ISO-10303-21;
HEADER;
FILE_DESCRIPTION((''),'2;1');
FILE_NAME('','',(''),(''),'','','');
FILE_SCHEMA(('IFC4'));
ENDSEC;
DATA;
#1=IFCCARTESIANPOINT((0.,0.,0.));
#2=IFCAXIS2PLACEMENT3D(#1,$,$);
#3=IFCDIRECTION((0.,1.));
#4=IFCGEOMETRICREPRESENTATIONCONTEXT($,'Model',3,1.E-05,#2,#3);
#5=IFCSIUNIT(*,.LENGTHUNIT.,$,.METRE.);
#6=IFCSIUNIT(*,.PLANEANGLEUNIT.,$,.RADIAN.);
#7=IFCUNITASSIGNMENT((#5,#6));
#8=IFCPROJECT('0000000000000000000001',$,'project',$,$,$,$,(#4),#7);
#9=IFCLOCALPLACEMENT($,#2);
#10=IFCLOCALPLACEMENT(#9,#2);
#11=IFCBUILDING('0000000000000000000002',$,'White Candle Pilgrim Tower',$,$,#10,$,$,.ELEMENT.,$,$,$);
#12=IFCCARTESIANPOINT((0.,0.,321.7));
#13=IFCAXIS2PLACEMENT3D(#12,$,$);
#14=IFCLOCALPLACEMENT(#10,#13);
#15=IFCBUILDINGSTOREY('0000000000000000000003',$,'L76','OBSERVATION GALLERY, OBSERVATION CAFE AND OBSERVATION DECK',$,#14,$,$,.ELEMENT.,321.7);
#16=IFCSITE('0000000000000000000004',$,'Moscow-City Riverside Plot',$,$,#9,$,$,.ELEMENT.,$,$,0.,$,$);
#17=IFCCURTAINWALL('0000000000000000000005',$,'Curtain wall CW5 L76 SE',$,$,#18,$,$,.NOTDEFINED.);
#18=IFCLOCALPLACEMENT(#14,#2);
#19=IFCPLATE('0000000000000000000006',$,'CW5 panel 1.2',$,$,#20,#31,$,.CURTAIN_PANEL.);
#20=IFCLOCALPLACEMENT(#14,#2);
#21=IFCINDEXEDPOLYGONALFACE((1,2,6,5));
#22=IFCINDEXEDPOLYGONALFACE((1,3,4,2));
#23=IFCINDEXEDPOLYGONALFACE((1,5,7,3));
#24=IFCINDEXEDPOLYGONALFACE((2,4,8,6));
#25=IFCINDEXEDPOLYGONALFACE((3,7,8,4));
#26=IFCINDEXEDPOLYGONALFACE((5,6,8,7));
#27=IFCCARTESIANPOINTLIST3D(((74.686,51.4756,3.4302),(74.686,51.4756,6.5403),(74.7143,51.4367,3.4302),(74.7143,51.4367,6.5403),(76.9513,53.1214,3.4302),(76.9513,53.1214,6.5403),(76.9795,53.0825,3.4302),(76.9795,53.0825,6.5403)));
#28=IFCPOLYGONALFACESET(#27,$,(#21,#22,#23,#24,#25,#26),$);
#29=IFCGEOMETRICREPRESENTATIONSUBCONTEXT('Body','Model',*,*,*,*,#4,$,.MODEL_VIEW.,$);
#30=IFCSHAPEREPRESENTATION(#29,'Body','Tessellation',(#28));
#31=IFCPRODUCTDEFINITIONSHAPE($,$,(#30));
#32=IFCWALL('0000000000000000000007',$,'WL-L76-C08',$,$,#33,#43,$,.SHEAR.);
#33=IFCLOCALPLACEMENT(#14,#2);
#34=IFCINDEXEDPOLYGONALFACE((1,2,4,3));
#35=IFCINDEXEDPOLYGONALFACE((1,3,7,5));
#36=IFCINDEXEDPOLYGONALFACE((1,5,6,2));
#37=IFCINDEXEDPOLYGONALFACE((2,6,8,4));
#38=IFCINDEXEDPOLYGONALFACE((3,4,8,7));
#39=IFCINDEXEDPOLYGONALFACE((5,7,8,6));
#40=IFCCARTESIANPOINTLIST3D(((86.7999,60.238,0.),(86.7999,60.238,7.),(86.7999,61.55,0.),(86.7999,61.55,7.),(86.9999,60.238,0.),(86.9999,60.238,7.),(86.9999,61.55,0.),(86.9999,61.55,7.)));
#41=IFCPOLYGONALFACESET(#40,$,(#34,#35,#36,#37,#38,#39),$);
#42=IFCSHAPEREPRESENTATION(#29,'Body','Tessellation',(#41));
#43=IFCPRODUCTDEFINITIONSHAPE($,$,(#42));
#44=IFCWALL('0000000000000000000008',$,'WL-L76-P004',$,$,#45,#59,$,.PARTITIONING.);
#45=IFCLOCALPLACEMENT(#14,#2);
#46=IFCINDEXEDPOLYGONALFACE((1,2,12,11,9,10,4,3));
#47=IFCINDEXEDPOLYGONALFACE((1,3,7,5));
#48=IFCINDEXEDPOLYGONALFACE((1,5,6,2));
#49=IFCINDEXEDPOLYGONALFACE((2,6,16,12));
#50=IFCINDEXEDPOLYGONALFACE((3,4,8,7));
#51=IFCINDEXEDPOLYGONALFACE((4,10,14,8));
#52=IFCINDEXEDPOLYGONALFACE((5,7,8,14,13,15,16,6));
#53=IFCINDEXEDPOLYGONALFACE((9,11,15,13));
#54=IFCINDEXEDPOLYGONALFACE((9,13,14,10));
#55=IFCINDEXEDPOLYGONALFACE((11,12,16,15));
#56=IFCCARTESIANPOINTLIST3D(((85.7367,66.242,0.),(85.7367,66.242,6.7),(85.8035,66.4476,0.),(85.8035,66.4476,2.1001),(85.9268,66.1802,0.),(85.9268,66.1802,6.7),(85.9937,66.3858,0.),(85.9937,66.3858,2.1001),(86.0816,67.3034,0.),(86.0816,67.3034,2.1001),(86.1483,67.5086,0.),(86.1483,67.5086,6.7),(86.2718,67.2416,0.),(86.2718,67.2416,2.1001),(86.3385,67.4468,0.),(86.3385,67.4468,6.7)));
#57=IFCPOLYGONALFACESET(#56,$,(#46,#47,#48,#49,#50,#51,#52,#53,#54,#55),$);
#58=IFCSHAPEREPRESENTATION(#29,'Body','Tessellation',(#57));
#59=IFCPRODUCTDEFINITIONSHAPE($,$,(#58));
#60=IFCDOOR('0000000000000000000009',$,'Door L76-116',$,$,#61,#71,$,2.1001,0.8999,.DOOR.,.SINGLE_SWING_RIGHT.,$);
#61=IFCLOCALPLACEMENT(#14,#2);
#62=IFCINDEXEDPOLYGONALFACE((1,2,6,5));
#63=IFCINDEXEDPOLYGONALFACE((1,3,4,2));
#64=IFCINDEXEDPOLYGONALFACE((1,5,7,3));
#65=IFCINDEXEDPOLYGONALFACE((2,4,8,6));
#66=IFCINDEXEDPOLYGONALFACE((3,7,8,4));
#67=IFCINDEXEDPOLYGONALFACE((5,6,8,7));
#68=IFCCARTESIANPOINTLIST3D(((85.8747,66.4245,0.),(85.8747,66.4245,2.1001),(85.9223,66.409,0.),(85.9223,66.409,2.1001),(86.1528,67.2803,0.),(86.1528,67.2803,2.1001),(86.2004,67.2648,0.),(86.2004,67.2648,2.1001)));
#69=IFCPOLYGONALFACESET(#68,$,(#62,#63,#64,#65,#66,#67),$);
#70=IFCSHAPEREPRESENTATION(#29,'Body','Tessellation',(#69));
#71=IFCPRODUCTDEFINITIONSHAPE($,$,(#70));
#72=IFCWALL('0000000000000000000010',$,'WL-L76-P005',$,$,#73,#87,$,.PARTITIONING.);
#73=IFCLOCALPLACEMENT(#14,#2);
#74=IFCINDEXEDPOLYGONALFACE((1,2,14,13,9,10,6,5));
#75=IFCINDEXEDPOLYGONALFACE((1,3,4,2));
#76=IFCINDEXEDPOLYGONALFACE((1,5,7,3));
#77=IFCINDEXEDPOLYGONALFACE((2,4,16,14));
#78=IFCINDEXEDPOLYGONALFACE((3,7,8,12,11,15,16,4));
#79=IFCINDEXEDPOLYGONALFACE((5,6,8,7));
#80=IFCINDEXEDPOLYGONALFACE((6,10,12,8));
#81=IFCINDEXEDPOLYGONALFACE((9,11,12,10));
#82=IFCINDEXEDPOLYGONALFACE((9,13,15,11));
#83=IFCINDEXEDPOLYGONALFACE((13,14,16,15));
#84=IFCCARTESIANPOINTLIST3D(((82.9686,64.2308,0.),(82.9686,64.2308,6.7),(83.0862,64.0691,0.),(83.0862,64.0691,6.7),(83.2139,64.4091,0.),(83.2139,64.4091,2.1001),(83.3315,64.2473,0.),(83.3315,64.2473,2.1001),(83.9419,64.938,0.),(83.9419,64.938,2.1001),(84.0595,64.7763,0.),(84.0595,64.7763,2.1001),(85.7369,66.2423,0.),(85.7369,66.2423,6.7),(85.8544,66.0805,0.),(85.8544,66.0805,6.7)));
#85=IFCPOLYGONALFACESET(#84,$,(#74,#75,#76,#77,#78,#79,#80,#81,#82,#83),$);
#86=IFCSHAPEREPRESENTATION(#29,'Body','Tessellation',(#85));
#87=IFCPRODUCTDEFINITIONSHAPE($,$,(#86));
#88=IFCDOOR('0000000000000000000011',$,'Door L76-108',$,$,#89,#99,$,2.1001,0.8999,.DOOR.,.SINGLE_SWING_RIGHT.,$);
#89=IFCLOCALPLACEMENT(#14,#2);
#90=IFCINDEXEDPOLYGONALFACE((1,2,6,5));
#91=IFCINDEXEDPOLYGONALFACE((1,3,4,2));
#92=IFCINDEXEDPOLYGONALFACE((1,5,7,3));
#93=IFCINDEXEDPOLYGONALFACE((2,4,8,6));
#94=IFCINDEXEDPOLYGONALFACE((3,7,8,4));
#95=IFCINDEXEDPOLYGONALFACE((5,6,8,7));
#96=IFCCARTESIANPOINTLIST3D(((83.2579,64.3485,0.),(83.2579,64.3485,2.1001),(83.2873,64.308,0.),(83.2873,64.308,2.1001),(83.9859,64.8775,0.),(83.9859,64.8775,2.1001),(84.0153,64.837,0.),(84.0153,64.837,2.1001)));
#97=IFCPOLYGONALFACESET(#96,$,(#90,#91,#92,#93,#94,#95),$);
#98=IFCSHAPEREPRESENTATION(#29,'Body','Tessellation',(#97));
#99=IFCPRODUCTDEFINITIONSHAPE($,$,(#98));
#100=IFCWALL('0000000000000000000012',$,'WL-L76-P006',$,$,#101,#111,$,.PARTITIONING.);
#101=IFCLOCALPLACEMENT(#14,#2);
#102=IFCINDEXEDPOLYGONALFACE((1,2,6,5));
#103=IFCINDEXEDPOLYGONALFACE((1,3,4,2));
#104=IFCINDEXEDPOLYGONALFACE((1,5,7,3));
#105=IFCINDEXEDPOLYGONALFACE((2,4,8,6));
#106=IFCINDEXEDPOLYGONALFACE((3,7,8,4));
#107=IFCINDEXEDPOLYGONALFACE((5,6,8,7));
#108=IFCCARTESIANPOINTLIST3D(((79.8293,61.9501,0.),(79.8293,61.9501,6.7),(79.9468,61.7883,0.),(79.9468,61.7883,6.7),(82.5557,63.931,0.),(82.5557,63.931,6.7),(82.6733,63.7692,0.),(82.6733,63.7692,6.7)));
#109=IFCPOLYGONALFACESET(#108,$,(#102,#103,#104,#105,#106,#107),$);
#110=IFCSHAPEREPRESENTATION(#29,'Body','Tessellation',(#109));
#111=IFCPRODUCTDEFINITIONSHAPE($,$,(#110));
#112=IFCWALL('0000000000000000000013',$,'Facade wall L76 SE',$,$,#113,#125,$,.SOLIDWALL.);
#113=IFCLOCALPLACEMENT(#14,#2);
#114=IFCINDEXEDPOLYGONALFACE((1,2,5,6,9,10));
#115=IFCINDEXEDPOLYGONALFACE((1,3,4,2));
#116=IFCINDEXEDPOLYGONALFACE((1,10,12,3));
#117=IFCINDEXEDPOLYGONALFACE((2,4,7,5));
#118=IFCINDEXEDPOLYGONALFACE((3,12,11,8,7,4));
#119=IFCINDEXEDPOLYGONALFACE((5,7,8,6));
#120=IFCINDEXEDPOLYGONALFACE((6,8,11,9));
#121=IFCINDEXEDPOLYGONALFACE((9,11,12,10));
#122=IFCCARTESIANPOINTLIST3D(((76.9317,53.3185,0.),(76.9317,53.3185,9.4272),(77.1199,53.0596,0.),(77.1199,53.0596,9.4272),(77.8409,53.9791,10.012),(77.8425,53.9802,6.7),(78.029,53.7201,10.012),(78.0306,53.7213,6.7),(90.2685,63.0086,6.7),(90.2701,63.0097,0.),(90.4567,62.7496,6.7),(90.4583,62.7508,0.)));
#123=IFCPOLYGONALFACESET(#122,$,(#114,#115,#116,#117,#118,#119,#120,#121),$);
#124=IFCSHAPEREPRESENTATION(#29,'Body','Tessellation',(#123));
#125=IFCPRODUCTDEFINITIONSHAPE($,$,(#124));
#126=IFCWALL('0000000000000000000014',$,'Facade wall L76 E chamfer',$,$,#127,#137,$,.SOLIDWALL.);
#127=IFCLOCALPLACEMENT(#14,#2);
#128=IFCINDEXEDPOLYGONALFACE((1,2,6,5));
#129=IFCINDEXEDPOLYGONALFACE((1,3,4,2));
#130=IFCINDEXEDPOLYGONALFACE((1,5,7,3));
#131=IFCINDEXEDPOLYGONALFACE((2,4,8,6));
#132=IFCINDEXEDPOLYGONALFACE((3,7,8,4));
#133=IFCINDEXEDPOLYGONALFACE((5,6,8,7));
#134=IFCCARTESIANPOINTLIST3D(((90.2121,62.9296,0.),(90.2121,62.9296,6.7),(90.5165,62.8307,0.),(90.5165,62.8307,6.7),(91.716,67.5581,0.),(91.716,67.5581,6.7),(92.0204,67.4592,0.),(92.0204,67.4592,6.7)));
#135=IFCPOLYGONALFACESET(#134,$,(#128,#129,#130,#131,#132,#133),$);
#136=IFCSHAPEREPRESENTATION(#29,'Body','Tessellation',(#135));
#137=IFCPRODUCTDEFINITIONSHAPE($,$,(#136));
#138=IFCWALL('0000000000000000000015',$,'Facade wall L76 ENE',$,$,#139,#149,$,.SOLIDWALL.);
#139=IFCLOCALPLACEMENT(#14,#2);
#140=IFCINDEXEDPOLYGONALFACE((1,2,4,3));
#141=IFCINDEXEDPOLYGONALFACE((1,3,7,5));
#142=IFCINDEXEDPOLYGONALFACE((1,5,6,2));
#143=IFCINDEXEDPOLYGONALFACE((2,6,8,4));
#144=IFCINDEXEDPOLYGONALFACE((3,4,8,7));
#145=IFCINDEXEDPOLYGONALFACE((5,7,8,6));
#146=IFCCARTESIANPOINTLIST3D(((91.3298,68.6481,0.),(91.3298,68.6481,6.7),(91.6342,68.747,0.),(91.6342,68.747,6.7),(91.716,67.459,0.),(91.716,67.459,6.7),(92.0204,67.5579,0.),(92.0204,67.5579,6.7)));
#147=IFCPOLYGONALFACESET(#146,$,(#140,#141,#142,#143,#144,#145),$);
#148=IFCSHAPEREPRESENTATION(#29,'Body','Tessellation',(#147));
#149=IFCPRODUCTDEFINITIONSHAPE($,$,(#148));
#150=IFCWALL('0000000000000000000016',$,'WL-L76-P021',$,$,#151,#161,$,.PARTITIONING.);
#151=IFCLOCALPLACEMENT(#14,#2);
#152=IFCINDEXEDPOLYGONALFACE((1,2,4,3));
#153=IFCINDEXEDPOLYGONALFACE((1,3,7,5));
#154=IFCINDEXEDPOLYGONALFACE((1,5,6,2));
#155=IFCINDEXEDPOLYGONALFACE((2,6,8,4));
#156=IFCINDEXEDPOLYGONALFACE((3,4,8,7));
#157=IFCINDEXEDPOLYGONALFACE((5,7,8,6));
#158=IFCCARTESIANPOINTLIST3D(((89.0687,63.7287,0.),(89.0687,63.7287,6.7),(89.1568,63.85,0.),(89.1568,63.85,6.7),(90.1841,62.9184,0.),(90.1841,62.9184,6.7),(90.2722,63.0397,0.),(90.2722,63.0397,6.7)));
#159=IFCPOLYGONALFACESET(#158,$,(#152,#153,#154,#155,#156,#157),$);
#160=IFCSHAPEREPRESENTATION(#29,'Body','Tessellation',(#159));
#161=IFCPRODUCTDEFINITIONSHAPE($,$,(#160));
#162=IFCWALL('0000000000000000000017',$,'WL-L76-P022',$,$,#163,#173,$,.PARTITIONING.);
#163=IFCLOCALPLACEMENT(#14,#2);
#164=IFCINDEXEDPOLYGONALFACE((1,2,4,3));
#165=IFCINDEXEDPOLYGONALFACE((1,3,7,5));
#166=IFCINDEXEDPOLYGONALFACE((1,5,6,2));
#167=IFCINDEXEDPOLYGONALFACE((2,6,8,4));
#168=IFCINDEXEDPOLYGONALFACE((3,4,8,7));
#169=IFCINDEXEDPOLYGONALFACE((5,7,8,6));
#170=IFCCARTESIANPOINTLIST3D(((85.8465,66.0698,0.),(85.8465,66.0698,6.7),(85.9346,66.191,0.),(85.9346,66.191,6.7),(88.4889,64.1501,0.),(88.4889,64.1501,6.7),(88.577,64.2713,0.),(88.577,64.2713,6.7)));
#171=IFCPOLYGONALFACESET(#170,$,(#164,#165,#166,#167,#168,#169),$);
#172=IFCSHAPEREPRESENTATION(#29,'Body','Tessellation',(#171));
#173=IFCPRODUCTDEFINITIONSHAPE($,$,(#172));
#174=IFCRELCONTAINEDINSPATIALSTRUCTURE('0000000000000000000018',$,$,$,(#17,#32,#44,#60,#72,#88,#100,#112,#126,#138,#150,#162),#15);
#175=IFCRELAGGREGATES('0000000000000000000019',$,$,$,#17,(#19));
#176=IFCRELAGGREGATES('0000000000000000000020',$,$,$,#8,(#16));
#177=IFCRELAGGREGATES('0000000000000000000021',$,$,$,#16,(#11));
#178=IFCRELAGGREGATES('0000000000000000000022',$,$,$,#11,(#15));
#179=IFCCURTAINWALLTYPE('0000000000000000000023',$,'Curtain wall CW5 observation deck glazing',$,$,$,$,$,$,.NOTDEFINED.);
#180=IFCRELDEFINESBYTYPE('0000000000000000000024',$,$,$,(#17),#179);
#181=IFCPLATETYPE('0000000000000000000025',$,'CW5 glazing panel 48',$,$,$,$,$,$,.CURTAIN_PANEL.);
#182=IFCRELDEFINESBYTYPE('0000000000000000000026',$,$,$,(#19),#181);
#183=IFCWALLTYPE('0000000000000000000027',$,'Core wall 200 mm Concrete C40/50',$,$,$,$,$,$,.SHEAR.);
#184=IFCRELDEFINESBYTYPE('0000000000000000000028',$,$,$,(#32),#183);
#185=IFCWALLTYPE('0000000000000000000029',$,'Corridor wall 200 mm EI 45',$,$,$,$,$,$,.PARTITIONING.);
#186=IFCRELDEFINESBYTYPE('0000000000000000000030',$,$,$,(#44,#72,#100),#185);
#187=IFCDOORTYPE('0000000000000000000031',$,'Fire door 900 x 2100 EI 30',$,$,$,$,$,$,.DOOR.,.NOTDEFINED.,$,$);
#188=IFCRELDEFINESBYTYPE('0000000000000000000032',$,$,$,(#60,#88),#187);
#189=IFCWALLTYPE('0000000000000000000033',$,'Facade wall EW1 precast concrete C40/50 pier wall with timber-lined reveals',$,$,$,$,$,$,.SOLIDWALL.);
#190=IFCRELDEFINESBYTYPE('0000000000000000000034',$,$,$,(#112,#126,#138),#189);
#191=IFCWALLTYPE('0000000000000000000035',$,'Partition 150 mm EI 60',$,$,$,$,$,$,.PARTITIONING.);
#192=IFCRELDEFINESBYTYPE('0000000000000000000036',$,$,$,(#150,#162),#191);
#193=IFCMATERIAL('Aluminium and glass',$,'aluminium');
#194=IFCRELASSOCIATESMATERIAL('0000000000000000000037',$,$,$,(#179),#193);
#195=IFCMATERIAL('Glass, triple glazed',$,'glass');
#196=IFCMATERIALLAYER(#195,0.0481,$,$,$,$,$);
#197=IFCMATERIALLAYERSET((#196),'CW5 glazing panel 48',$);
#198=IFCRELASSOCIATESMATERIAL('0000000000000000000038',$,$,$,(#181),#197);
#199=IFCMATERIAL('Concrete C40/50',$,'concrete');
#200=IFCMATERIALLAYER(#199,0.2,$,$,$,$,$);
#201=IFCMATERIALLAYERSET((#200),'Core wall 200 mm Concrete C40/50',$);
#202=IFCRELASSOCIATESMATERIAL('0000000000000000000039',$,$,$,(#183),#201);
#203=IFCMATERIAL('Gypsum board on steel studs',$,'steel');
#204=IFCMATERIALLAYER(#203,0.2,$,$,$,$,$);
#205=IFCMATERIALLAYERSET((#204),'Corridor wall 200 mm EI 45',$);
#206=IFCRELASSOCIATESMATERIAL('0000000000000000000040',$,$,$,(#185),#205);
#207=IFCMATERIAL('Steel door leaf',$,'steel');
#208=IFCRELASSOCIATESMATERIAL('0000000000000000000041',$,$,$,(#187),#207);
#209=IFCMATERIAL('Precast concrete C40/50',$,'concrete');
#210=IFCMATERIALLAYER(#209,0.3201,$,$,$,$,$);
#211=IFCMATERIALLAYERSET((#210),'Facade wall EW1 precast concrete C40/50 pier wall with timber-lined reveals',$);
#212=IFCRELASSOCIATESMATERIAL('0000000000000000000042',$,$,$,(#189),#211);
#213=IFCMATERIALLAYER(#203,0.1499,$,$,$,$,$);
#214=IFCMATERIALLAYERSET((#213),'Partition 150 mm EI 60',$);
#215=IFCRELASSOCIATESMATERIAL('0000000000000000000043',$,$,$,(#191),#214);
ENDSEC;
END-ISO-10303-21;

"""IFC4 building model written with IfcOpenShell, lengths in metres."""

from ifc_helpers import new_model, si_unit, direction, frame, frame_2d, origin, origin_2d, place, context, subcontext, project, spatial, polyline, rectangle, outline, extrude, material, layer, layer_set, type_object, element, fill, aggregate, save


model = new_model("IFC4")

# Units and contexts
model_context = context("Model", 3, precision=1e-05, world=origin(), true_north=direction((0.0, 1.0)))
body_context = subcontext(model_context, "Body", "Model", "MODEL_VIEW")
ifc_project = project(units=[si_unit("LENGTHUNIT", "METRE"), si_unit("PLANEANGLEUNIT", "RADIAN")], contexts=[model_context])

# Site, building, storey
site_placement = place(None, origin())
site = spatial("IfcSite", under=ifc_project, at=site_placement, Name="Moscow-City Riverside Plot", CompositionType="ELEMENT", RefElevation=0.0)
building_placement = place(site_placement, origin())
building = spatial("IfcBuilding", under=site, at=building_placement, Name="White Candle Pilgrim Tower", CompositionType="ELEMENT")
storey_placement = place(building_placement, frame((0.0, 0.0, 321.7)))
storey = spatial("IfcBuildingStorey", under=building, at=storey_placement, Name="L76", Description="OBSERVATION GALLERY, OBSERVATION CAFE AND OBSERVATION DECK", CompositionType="ELEMENT", Elevation=321.7)

# Curtain wall
ifc_material_1 = material(Name="Aluminium and glass", Category="aluminium")
curtain_wall_type = type_object("IfcCurtainWallType", Name="Curtain wall CW5 observation deck glazing", PredefinedType="NOTDEFINED", material=ifc_material_1)
curtain_wall_placement = place(storey_placement, origin())
curtain_wall = element("IfcCurtainWall", 1, at=curtain_wall_placement, inside=storey, type_object=curtain_wall_type, Name="Curtain wall CW5 L76 SE", PredefinedType="NOTDEFINED")

# Plate
ifc_material_2 = material(Name="Glass, triple glazed", Category="glass")
ifc_layer_1 = layer(ifc_material_2, 0.0481)
ifc_layer_set_1 = layer_set([ifc_layer_1], Name="CW5 glazing panel 48")
plate_type = type_object("IfcPlateType", Name="CW5 glazing panel 48", PredefinedType="CURTAIN_PANEL", material=ifc_layer_set_1)
plate_1_placement = place(storey_placement, frame((75.8328, 52.2791, 3.4302), z_axis=(0.0, 0.0, 1.0), x_axis=(0.809017, 0.587785, 0.0)))
plate_1 = element("IfcPlate", 2, at=plate_1_placement, type_object=plate_type, Name="CW5 panel 1.2", PredefinedType="CURTAIN_PANEL", context=body_context, shape_type="SweptSolid", body=[
    extrude(rectangle(XDim=2.8, YDim=0.0481, at=origin_2d()), origin(), (0.0, 0.0, 1.0), 3.1101),
])
aggregate(curtain_wall, [plate_1])

# Wall
ifc_material_3 = material(Name="Concrete C40/50", Category="concrete")
ifc_layer_2 = layer(ifc_material_3, 0.2)
ifc_layer_set_2 = layer_set([ifc_layer_2], Name="Core wall 200 mm Concrete C40/50")
wall_type_1 = type_object("IfcWallType", Name="Core wall 200 mm Concrete C40/50", PredefinedType="SHEAR", material=ifc_layer_set_2)
wall_1_placement = place(storey_placement, frame((86.8999, 60.238, 0.0), z_axis=(0.0, 0.0, 1.0), x_axis=(0.0, 1.0, 0.0)))
element("IfcWall", 3, at=wall_1_placement, inside=storey, type_object=wall_type_1, Name="WL-L76-C08", PredefinedType="SHEAR", context=body_context, shape_type="SweptSolid", body=[
    extrude(rectangle(XDim=1.312, YDim=0.2, at=frame_2d((0.656, 0.0))), origin(), (0.0, 0.0, 1.0), 7.0),
])

# Walls, openings, doors
ifc_material_4 = material(Name="Gypsum board on steel studs", Category="steel")
ifc_layer_3 = layer(ifc_material_4, 0.2)
ifc_layer_set_3 = layer_set([ifc_layer_3], Name="Corridor wall 200 mm EI 45")
wall_type_2 = type_object("IfcWallType", Name="Corridor wall 200 mm EI 45", PredefinedType="PARTITIONING", material=ifc_layer_set_3)
wall_2_placement = place(storey_placement, frame((86.2434, 67.4778, 0.0), z_axis=(0.0, 0.0, 1.0), x_axis=(-0.309069, -0.951039, 0.0)))
wall_2 = element("IfcWall", 4, at=wall_2_placement, inside=storey, type_object=wall_type_2, Name="WL-L76-P004", PredefinedType="PARTITIONING", context=body_context, shape_type="SweptSolid", body=[
    extrude(rectangle(XDim=1.3318, YDim=0.2, at=frame_2d((0.666, 0.0))), origin(), (0.0, 0.0, 1.0), 6.7),
])
opening_1_placement = place(wall_2_placement, frame((0.2158, 0.0, 0.0)))
opening_1 = element("IfcOpeningElement", 5, at=opening_1_placement, cuts=wall_2, PredefinedType="OPENING", context=body_context, shape_type="SweptSolid", body=[
    extrude(rectangle(XDim=0.8999, YDim=2.1001, at=frame_2d((0.45, 1.05))), frame((0.0, 0.1099, 0.0), z_axis=(0.0, -1.0, 0.0), x_axis=(1.0, 0.0, 0.0)), (0.0, 0.0, 1.0), 0.22),
])
ifc_material_5 = material(Name="Steel door leaf", Category="steel")
door_type_1 = type_object("IfcDoorType", Name="Fire door 900 x 2100 EI 30", OperationType="NOTDEFINED", PredefinedType="DOOR", material=ifc_material_5)
door_1_placement = place(opening_1_placement, origin())
door_1 = element("IfcDoor", 6, at=door_1_placement, inside=storey, type_object=door_type_1, Name="Door L76-116", OperationType="SINGLE_SWING_RIGHT", OverallHeight=2.1001, OverallWidth=0.8999, PredefinedType="DOOR", context=body_context, shape_type="SweptSolid", body=[
    extrude(rectangle(XDim=0.8999, YDim=2.1001, at=frame_2d((0.45, 1.05))), frame((0.0, 0.0249, 0.0), z_axis=(0.0, -1.0, 0.0), x_axis=(1.0, 0.0, 0.0)), (0.0, 0.0, 1.0), 0.05),
])
fill(opening_1, door_1)
wall_3_placement = place(storey_placement, frame((85.7957, 66.1614, 0.0), z_axis=(0.0, 0.0, 1.0), x_axis=(-0.808992, -0.58782, 0.0)))
wall_3 = element("IfcWall", 7, at=wall_3_placement, inside=storey, type_object=wall_type_2, Name="WL-L76-P005", PredefinedType="PARTITIONING", context=body_context, shape_type="SweptSolid", body=[
    extrude(rectangle(XDim=3.4219, YDim=0.2, at=frame_2d((1.7109, 0.0))), origin(), (0.0, 0.0, 1.0), 6.7),
])
opening_2_placement = place(wall_3_placement, frame((2.2188, 0.0, 0.0)))
opening_2 = element("IfcOpeningElement", 8, at=opening_2_placement, cuts=wall_3, PredefinedType="OPENING", context=body_context, shape_type="SweptSolid", body=[
    extrude(rectangle(XDim=0.8999, YDim=2.1001, at=frame_2d((0.45, 1.05))), frame((0.0, 0.1099, 0.0), z_axis=(0.0, -1.0, 0.0), x_axis=(1.0, 0.0, 0.0)), (0.0, 0.0, 1.0), 0.22),
])
door_2_placement = place(opening_2_placement, origin())
door_2 = element("IfcDoor", 9, at=door_2_placement, inside=storey, type_object=door_type_1, Name="Door L76-108", OperationType="SINGLE_SWING_RIGHT", OverallHeight=2.1001, OverallWidth=0.8999, PredefinedType="DOOR", context=body_context, shape_type="SweptSolid", body=[
    extrude(rectangle(XDim=0.8999, YDim=2.1001, at=frame_2d((0.45, 1.05))), frame((0.0, 0.0249, 0.0), z_axis=(0.0, -1.0, 0.0), x_axis=(1.0, 0.0, 0.0)), (0.0, 0.0, 1.0), 0.05),
])
fill(opening_2, door_2)

# Walls
wall_4_placement = place(storey_placement, frame((82.6145, 63.8501, 0.0), z_axis=(0.0, 0.0, 1.0), x_axis=(-0.809018, -0.587784, 0.0)))
element("IfcWall", 10, at=wall_4_placement, inside=storey, type_object=wall_type_2, Name="WL-L76-P006", PredefinedType="PARTITIONING", context=body_context, shape_type="SweptSolid", body=[
    extrude(rectangle(XDim=3.3701, YDim=0.2, at=frame_2d((1.6851, 0.0))), origin(), (0.0, 0.0, 1.0), 6.7),
])
ifc_material_6 = material(Name="Precast concrete C40/50", Category="concrete")
ifc_layer_4 = layer(ifc_material_6, 0.3201)
ifc_layer_set_4 = layer_set([ifc_layer_4], Name="Facade wall EW1 precast concrete C40/50 pier wall with timber-lined reveals")
wall_type_3 = type_object("IfcWallType", Name="Facade wall EW1 precast concrete C40/50 pier wall with timber-lined reveals", PredefinedType="SOLIDWALL", material=ifc_layer_set_4)
wall_5_placement = place(storey_placement, frame((77.0259, 53.189, 0.0), z_axis=(0.0, 0.0, 1.0), x_axis=(0.809009, 0.587796, 0.0)))
element("IfcWall", 11, at=wall_5_placement, inside=storey, type_object=wall_type_3, Name="Facade wall L76 SE", PredefinedType="SOLIDWALL", context=body_context, shape_type="SweptSolid", body=[
    extrude(outline(polyline([(0.0, 0.0), (16.4873, 0.0), (16.4854, 6.7), (1.1257, 6.7), (1.1238, 10.012), (0.0, 9.4272), (0.0, 0.0)])), frame((0.0, 0.1602, 0.0), z_axis=(0.0, -1.0, 0.0), x_axis=(1.0, 0.0, 0.0)), (0.0, 0.0, 1.0), 0.3201),
])
wall_6_placement = place(storey_placement, frame((90.3643, 62.8801, 0.0), z_axis=(0.0, 0.0, 1.0), x_axis=(0.309025, 0.951054, 0.0)))
element("IfcWall", 12, at=wall_6_placement, inside=storey, type_object=wall_type_3, Name="Facade wall L76 E chamfer", PredefinedType="SOLIDWALL", context=body_context, shape_type="SweptSolid", body=[
    extrude(rectangle(XDim=4.8667, YDim=0.3201, at=frame_2d((2.4333, 0.0))), origin(), (0.0, 0.0, 1.0), 6.7),
])
wall_7_placement = place(storey_placement, frame((91.8682, 67.5085, 0.0), z_axis=(0.0, 0.0, 1.0), x_axis=(-0.308896, 0.951096, 0.0)))
element("IfcWall", 13, at=wall_7_placement, inside=storey, type_object=wall_type_3, Name="Facade wall L76 ENE", PredefinedType="SOLIDWALL", context=body_context, shape_type="SweptSolid", body=[
    extrude(rectangle(XDim=1.2502, YDim=0.3201, at=frame_2d((0.625, 0.0))), origin(), (0.0, 0.0, 1.0), 6.7),
])
ifc_layer_5 = layer(ifc_material_4, 0.1499)
ifc_layer_set_5 = layer_set([ifc_layer_5], Name="Partition 150 mm EI 60")
wall_type_4 = type_object("IfcWallType", Name="Partition 150 mm EI 60", PredefinedType="PARTITIONING", material=ifc_layer_set_5)
wall_8_placement = place(storey_placement, frame((90.2283, 62.979, 0.0), z_axis=(0.0, 0.0, 1.0), x_axis=(-0.809065, 0.587719, 0.0)))
element("IfcWall", 14, at=wall_8_placement, inside=storey, type_object=wall_type_4, Name="WL-L76-P021", PredefinedType="PARTITIONING", context=body_context, shape_type="SweptSolid", body=[
    extrude(rectangle(XDim=1.3787, YDim=0.1499, at=frame_2d((0.6895, 0.0))), origin(), (0.0, 0.0, 1.0), 6.7),
])
wall_9_placement = place(storey_placement, frame((88.533, 64.2107, 0.0), z_axis=(0.0, 0.0, 1.0), x_axis=(-0.80903, 0.587767, 0.0)))
element("IfcWall", 15, at=wall_9_placement, inside=storey, type_object=wall_type_4, Name="WL-L76-P022", PredefinedType="PARTITIONING", context=body_context, shape_type="SweptSolid", body=[
    extrude(rectangle(XDim=3.2661, YDim=0.1499, at=frame_2d((1.6331, 0.0))), origin(), (0.0, 0.0, 1.0), 6.7),
])

save(model, "model.ifc")
